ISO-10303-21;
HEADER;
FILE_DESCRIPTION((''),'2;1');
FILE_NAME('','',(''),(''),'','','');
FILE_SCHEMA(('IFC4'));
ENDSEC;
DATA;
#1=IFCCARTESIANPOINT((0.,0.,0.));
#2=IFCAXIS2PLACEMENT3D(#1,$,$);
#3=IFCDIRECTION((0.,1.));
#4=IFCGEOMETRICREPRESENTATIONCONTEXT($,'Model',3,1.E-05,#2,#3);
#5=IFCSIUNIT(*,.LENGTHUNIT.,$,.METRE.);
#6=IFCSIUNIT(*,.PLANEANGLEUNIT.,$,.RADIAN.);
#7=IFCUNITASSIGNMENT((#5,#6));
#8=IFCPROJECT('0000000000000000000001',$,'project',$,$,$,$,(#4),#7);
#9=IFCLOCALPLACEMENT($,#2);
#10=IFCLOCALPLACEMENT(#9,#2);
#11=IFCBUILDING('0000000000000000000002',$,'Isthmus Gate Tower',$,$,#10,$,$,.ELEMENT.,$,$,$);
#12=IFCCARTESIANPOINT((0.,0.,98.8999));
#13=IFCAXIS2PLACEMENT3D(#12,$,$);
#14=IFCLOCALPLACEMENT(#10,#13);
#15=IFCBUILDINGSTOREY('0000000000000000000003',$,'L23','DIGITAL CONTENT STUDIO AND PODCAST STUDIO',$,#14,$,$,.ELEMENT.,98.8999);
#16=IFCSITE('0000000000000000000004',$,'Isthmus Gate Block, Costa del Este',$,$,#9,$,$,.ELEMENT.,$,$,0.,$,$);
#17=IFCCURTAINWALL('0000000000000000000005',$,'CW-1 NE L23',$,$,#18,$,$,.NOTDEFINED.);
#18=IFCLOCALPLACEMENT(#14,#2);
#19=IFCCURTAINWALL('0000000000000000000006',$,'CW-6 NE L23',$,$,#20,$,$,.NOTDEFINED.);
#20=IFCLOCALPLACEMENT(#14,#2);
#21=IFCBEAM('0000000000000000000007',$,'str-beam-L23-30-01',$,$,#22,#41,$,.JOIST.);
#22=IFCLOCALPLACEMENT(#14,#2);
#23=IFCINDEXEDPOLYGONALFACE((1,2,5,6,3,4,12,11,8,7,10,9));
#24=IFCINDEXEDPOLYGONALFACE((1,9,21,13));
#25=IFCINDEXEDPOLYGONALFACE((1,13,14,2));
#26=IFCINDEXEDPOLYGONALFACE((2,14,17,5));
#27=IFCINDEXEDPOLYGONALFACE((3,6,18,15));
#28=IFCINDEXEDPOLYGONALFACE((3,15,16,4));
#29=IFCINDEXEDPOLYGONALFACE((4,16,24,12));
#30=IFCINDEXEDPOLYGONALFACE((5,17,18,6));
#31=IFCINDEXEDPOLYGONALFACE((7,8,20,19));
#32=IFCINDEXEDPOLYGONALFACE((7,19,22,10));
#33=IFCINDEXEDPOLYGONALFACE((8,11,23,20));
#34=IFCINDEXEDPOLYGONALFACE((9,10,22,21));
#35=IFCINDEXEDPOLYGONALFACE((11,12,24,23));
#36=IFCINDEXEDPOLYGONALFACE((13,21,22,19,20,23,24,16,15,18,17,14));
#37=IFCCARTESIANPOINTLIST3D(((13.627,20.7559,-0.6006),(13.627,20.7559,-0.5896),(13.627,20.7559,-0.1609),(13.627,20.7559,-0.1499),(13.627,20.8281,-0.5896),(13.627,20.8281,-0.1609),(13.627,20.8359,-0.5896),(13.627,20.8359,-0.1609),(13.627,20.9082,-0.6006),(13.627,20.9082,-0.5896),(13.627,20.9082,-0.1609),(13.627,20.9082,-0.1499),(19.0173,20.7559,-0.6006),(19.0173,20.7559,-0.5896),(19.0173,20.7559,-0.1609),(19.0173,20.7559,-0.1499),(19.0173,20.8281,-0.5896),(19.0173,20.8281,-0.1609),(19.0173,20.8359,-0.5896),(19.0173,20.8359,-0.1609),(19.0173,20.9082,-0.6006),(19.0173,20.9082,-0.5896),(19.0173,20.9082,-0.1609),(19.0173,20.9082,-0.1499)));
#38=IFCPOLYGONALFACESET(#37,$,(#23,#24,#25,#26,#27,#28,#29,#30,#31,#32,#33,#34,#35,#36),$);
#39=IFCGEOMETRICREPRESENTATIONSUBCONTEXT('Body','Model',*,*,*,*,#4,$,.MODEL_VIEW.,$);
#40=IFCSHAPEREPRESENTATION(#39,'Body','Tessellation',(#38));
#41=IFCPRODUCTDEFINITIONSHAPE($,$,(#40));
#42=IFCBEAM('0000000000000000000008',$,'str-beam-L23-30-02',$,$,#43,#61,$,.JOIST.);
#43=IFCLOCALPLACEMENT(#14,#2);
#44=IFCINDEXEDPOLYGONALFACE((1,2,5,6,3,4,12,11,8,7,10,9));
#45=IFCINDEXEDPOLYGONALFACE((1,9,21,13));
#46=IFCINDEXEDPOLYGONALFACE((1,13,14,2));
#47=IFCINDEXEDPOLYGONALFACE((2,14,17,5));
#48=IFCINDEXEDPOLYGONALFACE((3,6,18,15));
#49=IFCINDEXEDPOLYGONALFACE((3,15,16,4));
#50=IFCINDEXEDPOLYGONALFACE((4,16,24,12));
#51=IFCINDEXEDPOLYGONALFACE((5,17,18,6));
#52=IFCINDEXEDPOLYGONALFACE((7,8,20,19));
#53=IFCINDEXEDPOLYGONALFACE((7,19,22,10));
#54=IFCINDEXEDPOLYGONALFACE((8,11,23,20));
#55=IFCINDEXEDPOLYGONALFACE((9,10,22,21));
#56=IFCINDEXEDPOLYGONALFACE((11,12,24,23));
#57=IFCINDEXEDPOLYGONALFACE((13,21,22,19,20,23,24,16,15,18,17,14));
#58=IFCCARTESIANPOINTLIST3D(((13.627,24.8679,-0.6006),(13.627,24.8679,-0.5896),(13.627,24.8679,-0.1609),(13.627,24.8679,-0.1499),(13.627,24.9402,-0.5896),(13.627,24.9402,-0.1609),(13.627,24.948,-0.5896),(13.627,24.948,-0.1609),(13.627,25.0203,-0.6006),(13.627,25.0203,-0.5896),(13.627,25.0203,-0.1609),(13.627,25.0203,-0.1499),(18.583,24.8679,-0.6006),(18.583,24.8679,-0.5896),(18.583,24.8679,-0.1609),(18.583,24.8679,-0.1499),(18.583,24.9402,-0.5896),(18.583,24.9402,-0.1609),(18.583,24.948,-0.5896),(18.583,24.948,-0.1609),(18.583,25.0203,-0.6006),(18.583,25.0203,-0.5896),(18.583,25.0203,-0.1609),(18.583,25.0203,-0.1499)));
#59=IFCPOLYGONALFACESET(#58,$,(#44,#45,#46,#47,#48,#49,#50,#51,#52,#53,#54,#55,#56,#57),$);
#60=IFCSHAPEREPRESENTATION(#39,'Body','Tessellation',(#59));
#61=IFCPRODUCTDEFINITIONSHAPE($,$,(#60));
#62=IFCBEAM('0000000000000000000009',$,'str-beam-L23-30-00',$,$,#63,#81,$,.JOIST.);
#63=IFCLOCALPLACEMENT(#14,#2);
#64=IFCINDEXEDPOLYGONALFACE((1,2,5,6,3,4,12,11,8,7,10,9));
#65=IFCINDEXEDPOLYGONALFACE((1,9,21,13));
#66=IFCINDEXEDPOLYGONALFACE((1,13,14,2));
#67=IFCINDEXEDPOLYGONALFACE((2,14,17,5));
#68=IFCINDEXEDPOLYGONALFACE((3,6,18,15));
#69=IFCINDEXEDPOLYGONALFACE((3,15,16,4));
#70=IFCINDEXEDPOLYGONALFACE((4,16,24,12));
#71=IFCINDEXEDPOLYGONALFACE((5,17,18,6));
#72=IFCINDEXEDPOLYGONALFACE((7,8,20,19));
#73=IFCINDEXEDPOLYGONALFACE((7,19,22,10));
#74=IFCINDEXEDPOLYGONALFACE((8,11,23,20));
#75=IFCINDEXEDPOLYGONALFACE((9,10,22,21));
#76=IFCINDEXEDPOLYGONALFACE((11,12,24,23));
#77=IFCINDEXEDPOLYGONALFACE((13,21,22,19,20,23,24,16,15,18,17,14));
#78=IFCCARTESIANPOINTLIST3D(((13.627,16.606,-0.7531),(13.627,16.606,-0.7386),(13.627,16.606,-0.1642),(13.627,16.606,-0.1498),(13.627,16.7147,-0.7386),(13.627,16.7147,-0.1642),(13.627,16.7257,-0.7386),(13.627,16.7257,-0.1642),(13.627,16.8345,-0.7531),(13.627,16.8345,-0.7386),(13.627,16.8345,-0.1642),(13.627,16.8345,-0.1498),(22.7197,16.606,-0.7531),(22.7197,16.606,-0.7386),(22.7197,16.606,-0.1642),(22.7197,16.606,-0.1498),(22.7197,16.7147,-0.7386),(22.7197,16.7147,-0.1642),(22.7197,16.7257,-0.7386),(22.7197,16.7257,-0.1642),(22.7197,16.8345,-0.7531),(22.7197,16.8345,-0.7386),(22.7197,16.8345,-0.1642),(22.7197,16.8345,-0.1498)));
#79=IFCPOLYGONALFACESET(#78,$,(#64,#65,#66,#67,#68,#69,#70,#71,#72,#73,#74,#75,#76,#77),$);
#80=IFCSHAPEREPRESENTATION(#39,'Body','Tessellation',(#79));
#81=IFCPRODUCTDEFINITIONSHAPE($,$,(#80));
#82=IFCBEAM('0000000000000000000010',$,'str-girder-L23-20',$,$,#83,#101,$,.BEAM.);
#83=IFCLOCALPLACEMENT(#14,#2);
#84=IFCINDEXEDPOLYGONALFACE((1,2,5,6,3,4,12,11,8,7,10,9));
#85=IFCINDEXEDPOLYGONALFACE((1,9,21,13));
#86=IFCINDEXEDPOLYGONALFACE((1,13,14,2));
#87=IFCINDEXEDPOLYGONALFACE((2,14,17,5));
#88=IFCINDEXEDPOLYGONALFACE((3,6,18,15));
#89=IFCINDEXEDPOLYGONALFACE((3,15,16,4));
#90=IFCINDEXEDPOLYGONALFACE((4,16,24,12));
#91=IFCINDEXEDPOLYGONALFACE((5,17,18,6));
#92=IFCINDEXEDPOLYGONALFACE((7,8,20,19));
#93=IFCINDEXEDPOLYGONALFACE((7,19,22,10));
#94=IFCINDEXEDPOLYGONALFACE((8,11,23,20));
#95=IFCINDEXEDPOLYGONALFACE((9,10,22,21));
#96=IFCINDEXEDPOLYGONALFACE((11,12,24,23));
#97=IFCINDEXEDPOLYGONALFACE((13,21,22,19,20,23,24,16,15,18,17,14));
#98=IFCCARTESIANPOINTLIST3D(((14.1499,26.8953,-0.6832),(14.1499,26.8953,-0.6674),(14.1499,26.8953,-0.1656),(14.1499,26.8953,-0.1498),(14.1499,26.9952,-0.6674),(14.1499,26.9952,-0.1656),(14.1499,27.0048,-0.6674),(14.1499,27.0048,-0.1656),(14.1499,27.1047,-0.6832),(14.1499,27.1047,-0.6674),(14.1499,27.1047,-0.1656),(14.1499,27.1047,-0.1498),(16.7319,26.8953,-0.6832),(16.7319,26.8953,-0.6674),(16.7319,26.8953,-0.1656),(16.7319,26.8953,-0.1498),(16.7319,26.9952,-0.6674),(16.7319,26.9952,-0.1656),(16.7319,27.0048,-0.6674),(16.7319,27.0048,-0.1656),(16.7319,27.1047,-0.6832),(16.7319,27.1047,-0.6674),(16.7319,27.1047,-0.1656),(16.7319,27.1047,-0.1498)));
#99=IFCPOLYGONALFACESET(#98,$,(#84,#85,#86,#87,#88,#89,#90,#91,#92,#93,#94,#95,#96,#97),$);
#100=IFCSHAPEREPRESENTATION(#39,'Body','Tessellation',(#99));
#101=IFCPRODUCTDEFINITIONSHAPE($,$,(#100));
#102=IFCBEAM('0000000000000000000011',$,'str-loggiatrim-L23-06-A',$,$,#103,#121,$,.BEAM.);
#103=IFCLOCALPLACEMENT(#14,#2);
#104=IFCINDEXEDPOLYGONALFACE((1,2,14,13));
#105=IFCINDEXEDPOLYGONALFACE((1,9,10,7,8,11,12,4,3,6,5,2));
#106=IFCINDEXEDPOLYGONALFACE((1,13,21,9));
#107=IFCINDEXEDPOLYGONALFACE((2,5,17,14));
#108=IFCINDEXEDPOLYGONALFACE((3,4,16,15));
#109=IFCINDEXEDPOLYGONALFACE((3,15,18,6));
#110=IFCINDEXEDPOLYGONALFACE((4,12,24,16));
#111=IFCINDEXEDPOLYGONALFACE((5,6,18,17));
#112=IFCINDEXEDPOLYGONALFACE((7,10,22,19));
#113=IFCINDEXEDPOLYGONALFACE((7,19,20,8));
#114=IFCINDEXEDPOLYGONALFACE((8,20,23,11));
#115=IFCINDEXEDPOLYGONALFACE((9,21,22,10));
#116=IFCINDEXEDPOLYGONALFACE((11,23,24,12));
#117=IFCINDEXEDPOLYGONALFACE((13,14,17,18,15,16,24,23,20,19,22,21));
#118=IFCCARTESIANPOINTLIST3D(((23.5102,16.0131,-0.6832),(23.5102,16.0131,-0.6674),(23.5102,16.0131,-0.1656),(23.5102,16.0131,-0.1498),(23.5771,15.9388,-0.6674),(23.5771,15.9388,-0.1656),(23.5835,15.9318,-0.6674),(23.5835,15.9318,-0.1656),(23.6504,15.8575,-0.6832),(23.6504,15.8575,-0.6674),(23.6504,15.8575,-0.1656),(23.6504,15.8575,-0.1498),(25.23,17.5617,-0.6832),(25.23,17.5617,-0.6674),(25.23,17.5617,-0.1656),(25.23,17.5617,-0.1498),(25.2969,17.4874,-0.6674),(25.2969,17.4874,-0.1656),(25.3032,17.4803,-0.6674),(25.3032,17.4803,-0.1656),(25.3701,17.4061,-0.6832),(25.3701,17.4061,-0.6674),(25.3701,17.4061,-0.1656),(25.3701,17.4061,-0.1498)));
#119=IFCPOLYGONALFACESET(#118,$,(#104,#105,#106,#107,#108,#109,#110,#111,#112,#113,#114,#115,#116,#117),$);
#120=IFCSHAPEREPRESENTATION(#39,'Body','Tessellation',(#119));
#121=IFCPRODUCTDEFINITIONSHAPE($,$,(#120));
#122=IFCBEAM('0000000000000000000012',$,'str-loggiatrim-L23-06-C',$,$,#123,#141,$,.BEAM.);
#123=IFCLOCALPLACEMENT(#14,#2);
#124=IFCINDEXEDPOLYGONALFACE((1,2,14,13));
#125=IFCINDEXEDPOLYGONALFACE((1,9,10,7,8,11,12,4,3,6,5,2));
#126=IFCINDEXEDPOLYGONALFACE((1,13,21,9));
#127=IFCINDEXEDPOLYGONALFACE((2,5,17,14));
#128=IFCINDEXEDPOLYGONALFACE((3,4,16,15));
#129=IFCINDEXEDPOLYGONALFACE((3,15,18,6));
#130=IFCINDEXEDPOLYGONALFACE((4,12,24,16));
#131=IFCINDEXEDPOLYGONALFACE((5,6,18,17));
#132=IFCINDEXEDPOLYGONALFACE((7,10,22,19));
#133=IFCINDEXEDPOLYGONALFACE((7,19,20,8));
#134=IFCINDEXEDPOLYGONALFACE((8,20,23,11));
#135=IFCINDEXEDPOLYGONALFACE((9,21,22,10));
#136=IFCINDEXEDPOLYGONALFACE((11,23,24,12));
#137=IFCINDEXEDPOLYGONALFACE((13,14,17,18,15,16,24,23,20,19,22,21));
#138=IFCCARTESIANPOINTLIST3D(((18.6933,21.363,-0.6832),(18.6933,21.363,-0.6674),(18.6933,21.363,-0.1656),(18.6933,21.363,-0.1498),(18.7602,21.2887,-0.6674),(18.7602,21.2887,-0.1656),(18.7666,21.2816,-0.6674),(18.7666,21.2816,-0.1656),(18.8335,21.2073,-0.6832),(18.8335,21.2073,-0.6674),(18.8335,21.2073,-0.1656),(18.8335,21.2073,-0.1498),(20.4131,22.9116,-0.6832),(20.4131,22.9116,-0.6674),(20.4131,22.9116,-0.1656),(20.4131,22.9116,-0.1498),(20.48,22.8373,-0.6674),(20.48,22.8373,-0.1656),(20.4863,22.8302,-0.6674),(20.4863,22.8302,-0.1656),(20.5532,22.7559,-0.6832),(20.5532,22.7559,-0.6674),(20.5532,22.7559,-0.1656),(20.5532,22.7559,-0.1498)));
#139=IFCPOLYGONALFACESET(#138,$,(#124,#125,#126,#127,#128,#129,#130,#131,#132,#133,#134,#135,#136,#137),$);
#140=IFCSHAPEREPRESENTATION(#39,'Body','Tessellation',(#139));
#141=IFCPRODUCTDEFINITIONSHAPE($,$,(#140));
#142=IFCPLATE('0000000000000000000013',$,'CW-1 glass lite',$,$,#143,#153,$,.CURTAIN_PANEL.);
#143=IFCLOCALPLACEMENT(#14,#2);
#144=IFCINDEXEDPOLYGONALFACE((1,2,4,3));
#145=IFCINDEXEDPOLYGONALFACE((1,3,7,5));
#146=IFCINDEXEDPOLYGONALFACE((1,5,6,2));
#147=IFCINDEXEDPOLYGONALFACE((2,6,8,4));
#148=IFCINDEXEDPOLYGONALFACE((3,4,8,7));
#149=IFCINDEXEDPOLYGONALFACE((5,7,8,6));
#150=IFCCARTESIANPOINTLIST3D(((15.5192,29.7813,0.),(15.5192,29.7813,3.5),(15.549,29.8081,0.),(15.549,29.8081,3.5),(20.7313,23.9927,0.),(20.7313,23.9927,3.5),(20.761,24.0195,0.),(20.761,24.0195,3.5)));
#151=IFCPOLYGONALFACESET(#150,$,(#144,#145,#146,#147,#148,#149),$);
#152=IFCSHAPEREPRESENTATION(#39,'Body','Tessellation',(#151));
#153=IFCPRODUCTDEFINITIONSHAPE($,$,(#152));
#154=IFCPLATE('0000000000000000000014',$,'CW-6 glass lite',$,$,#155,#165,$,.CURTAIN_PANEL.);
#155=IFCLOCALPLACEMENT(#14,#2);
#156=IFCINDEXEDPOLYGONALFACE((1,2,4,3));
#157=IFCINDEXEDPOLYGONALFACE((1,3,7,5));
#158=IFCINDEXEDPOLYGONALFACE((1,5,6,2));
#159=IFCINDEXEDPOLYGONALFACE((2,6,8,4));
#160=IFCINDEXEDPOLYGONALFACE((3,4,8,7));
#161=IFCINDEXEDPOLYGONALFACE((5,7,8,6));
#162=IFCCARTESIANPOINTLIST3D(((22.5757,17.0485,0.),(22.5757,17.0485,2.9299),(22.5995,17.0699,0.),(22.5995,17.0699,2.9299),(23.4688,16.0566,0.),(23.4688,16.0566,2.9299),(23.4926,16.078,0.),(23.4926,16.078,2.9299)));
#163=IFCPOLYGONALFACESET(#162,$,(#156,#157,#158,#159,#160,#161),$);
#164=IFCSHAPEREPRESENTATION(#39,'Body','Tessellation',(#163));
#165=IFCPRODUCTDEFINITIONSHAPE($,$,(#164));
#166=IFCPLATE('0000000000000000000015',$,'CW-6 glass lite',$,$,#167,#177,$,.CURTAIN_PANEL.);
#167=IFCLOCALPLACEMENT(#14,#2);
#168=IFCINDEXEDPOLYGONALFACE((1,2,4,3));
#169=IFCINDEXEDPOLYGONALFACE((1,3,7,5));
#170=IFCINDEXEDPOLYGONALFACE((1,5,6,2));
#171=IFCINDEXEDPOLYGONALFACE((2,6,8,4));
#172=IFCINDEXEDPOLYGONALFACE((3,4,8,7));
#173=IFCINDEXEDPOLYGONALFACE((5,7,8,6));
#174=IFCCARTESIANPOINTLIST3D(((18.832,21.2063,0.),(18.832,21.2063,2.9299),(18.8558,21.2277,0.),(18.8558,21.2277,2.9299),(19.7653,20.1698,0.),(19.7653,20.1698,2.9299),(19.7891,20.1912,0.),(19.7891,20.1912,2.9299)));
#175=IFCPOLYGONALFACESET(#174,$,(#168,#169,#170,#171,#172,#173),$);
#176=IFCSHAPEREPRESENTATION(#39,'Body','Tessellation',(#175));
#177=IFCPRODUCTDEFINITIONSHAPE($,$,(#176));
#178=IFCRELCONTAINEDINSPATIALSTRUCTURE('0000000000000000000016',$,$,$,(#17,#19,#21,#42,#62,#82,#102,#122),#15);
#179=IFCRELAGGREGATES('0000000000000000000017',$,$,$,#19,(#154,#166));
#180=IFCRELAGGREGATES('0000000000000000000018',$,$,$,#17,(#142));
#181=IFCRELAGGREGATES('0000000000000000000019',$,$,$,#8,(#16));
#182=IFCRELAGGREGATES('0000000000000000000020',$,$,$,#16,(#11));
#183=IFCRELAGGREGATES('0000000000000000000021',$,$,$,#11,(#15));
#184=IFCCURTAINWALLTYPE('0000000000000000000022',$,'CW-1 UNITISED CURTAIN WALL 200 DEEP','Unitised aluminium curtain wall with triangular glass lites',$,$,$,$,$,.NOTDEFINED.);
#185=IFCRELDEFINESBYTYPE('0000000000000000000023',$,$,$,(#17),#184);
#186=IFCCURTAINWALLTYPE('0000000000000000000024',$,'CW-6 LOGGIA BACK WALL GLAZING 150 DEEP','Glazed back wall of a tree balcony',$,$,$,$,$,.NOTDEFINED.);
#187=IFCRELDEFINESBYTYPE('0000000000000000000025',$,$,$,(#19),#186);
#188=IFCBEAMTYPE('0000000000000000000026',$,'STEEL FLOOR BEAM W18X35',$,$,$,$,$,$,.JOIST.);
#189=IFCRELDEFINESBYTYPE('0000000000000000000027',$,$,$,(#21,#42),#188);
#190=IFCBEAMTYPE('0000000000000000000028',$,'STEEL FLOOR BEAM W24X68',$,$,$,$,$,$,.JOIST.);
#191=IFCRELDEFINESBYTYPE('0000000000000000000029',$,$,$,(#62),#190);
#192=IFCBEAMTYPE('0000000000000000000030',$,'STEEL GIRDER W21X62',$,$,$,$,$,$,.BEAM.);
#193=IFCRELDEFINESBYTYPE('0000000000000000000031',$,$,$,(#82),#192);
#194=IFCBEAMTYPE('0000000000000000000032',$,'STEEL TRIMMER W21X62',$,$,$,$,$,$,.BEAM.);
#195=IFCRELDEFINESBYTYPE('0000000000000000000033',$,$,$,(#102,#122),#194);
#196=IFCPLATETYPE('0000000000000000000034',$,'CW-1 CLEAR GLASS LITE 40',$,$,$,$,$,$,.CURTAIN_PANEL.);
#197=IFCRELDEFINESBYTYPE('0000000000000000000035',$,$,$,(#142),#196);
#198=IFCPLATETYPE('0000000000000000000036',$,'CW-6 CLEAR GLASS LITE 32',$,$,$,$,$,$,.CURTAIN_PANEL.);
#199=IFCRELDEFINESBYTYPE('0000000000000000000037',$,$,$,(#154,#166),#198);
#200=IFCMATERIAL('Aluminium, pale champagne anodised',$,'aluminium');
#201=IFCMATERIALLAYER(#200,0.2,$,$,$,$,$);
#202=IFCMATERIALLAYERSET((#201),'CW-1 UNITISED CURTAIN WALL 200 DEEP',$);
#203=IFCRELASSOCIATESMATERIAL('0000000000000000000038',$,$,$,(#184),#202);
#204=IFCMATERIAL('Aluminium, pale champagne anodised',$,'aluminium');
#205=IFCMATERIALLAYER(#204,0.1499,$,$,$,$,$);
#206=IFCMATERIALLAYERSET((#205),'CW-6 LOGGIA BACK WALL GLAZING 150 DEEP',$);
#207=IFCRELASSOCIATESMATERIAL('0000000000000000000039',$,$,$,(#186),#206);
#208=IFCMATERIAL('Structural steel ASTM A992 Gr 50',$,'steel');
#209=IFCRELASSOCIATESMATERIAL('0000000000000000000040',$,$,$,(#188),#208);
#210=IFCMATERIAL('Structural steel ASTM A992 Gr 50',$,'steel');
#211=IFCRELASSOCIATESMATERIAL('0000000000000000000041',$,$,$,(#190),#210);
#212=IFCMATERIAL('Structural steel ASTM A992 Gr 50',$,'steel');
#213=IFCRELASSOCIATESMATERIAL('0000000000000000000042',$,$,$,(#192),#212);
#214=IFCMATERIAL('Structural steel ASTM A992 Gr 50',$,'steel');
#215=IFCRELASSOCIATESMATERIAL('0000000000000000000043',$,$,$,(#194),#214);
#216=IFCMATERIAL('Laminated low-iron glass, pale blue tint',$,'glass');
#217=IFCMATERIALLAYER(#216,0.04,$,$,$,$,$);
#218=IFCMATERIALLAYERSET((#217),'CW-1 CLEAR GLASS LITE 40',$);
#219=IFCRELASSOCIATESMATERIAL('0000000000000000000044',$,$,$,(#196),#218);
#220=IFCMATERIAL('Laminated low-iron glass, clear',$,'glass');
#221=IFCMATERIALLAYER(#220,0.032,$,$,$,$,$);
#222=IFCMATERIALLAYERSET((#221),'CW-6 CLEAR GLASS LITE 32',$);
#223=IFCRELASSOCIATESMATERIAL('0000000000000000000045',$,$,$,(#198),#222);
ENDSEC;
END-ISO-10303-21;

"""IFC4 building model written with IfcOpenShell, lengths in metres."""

from ifc_helpers import new_model, si_unit, direction, frame, origin, origin_2d, place, context, subcontext, project, spatial, rectangle, i_section, extrude, material, layer, layer_set, material_profile, profile_set, type_object, element, aggregate, save


model = new_model("IFC4")

# Units and contexts
model_context = context("Model", 3, precision=1e-05, world=origin(), true_north=direction((0.0, 1.0)))
body_context = subcontext(model_context, "Body", "Model", "MODEL_VIEW")
ifc_project = project(units=[si_unit("LENGTHUNIT", "METRE"), si_unit("PLANEANGLEUNIT", "RADIAN")], contexts=[model_context])

# Site, building, storey
site_placement = place(None, origin())
site = spatial("IfcSite", under=ifc_project, at=site_placement, Name="Isthmus Gate Block, Costa del Este", CompositionType="ELEMENT", RefElevation=0.0)
building_placement = place(site_placement, origin())
building = spatial("IfcBuilding", under=site, at=building_placement, Name="Isthmus Gate Tower", CompositionType="ELEMENT")
storey_placement = place(building_placement, frame((0.0, 0.0, 98.8999)))
storey = spatial("IfcBuildingStorey", under=building, at=storey_placement, Name="L23", Description="DIGITAL CONTENT STUDIO AND PODCAST STUDIO", CompositionType="ELEMENT", Elevation=98.8999)

# Curtain wall
ifc_material_1 = material(Name="Aluminium, pale champagne anodised", Category="aluminium")
ifc_layer_1 = layer(ifc_material_1, 0.2)
ifc_layer_set_1 = layer_set([ifc_layer_1], Name="CW-1 UNITISED CURTAIN WALL 200 DEEP")
curtain_wall_type_1 = type_object("IfcCurtainWallType", Name="CW-1 UNITISED CURTAIN WALL 200 DEEP", Description="Unitised aluminium curtain wall with triangular glass lites", PredefinedType="NOTDEFINED", material=ifc_layer_set_1)
curtain_wall_1_placement = place(storey_placement, origin())
curtain_wall_1 = element("IfcCurtainWall", 1, at=curtain_wall_1_placement, inside=storey, type_object=curtain_wall_type_1, Name="CW-1 NE L23", PredefinedType="NOTDEFINED")

# Curtain wall
ifc_material_2 = material(Name="Aluminium, pale champagne anodised", Category="aluminium")
ifc_layer_2 = layer(ifc_material_2, 0.1499)
ifc_layer_set_2 = layer_set([ifc_layer_2], Name="CW-6 LOGGIA BACK WALL GLAZING 150 DEEP")
curtain_wall_type_2 = type_object("IfcCurtainWallType", Name="CW-6 LOGGIA BACK WALL GLAZING 150 DEEP", Description="Glazed back wall of a tree balcony", PredefinedType="NOTDEFINED", material=ifc_layer_set_2)
curtain_wall_2_placement = place(storey_placement, origin())
curtain_wall_2 = element("IfcCurtainWall", 2, at=curtain_wall_2_placement, inside=storey, type_object=curtain_wall_type_2, Name="CW-6 NE L23", PredefinedType="NOTDEFINED")

# Beams
ifc_material_3 = material(Name="Structural steel ASTM A992 Gr 50", Category="steel")
ifc_material_profile_1 = material_profile(ifc_material_3, i_section(OverallWidth=0.1523, OverallDepth=0.4507, WebThickness=0.0078, FlangeThickness=0.011, at=origin_2d()), Name="W18X35")
ifc_profile_set_1 = profile_set([ifc_material_profile_1], Name="Structural steel ASTM A992 Gr 50")
beam_type_1 = type_object("IfcBeamType", Name="STEEL FLOOR BEAM W18X35", PredefinedType="JOIST", material=ifc_profile_set_1)
beam_1_placement = place(storey_placement, frame((13.627, 20.832, -0.3752), z_axis=(1.0, 0.0, 0.0), x_axis=(0.0, 1.0, 0.0)))
element("IfcBeam", 3, at=beam_1_placement, inside=storey, type_object=beam_type_1, Name="str-beam-L23-30-01", PredefinedType="JOIST", context=body_context, shape_type="SweptSolid", body=[
    extrude(i_section(OverallWidth=0.1523, OverallDepth=0.4507, WebThickness=0.0078, FlangeThickness=0.011, at=origin_2d()), origin(), (0.0, 0.0, 1.0), 5.3904),
])
beam_2_placement = place(storey_placement, frame((13.627, 24.9441, -0.3752), z_axis=(1.0, 0.0, 0.0), x_axis=(0.0, 1.0, 0.0)))
element("IfcBeam", 4, at=beam_2_placement, inside=storey, type_object=beam_type_1, Name="str-beam-L23-30-02", PredefinedType="JOIST", context=body_context, shape_type="SweptSolid", body=[
    extrude(i_section(OverallWidth=0.1523, OverallDepth=0.4507, WebThickness=0.0078, FlangeThickness=0.011, at=origin_2d()), origin(), (0.0, 0.0, 1.0), 4.9561),
])
ifc_material_4 = material(Name="Structural steel ASTM A992 Gr 50", Category="steel")
ifc_material_profile_2 = material_profile(ifc_material_4, i_section(OverallWidth=0.2285, OverallDepth=0.6033, WebThickness=0.011, FlangeThickness=0.0144, at=origin_2d()), Name="W24X68")
ifc_profile_set_2 = profile_set([ifc_material_profile_2], Name="Structural steel ASTM A992 Gr 50")
beam_type_2 = type_object("IfcBeamType", Name="STEEL FLOOR BEAM W24X68", PredefinedType="JOIST", material=ifc_profile_set_2)
beam_3_placement = place(storey_placement, frame((13.627, 16.7202, -0.4514), z_axis=(1.0, 0.0, 0.0), x_axis=(0.0, 1.0, 0.0)))
element("IfcBeam", 5, at=beam_3_placement, inside=storey, type_object=beam_type_2, Name="str-beam-L23-30-00", PredefinedType="JOIST", context=body_context, shape_type="SweptSolid", body=[
    extrude(i_section(OverallWidth=0.2285, OverallDepth=0.6033, WebThickness=0.011, FlangeThickness=0.0144, at=origin_2d()), origin(), (0.0, 0.0, 1.0), 9.0928),
])
ifc_material_5 = material(Name="Structural steel ASTM A992 Gr 50", Category="steel")
ifc_material_profile_3 = material_profile(ifc_material_5, i_section(OverallWidth=0.2095, OverallDepth=0.5334, WebThickness=0.0095, FlangeThickness=0.0159, at=origin_2d()), Name="W21X62")
ifc_profile_set_3 = profile_set([ifc_material_profile_3], Name="Structural steel ASTM A992 Gr 50")
beam_type_3 = type_object("IfcBeamType", Name="STEEL GIRDER W21X62", PredefinedType="BEAM", material=ifc_profile_set_3)
beam_4_placement = place(storey_placement, frame((14.1499, 27.0, -0.4165), z_axis=(1.0, 0.0, 0.0), x_axis=(0.0, 1.0, 0.0)))
element("IfcBeam", 6, at=beam_4_placement, inside=storey, type_object=beam_type_3, Name="str-girder-L23-20", PredefinedType="BEAM", context=body_context, shape_type="SweptSolid", body=[
    extrude(i_section(OverallWidth=0.2095, OverallDepth=0.5334, WebThickness=0.0095, FlangeThickness=0.0159, at=origin_2d()), origin(), (0.0, 0.0, 1.0), 2.582),
])
ifc_material_6 = material(Name="Structural steel ASTM A992 Gr 50", Category="steel")
ifc_material_profile_4 = material_profile(ifc_material_6, i_section(OverallWidth=0.2095, OverallDepth=0.5334, WebThickness=0.0095, FlangeThickness=0.0159, at=origin_2d()), Name="W21X62")
ifc_profile_set_4 = profile_set([ifc_material_profile_4], Name="Structural steel ASTM A992 Gr 50")
beam_type_4 = type_object("IfcBeamType", Name="STEEL TRIMMER W21X62", PredefinedType="BEAM", material=ifc_profile_set_4)
for number, where, z_axis, x_axis, name in (
    (7, (25.3, 17.4839, -0.4165), (-0.743116, -0.669163, 0.0), (0.669163, -0.743116, 0.0), "str-loggiatrim-L23-06-A"),
    (8, (20.4832, 22.8337, -0.4165), (-0.743116, -0.669163, 0.0), (0.669163, -0.743116, 0.0), "str-loggiatrim-L23-06-C"),
):
    element("IfcBeam", number, at=place(storey_placement, frame(where, z_axis=z_axis, x_axis=x_axis)), inside=storey, type_object=beam_type_4, Name=name, PredefinedType="BEAM", context=body_context, shape_type="SweptSolid", body=[
        extrude(i_section(OverallWidth=0.2095, OverallDepth=0.5334, WebThickness=0.0095, FlangeThickness=0.0159, at=origin_2d()), origin(), (0.0, 0.0, 1.0), 2.3142),
    ])

# Plates
ifc_material_7 = material(Name="Laminated low-iron glass, pale blue tint", Category="glass")
ifc_layer_3 = layer(ifc_material_7, 0.04)
ifc_layer_set_3 = layer_set([ifc_layer_3], Name="CW-1 CLEAR GLASS LITE 40")
plate_type_1 = type_object("IfcPlateType", Name="CW-1 CLEAR GLASS LITE 40", PredefinedType="CURTAIN_PANEL", material=ifc_layer_set_3)
plate_1_placement = place(storey_placement, frame((18.1401, 26.9004, 0.0), z_axis=(0.0, 0.0, 1.0), x_axis=(-0.669131, 0.743145, 0.0)))
plate_1 = element("IfcPlate", 9, at=plate_1_placement, type_object=plate_type_1, Name="CW-1 glass lite", PredefinedType="CURTAIN_PANEL", context=body_context, shape_type="SweptSolid", body=[
    extrude(rectangle(XDim=7.7893, YDim=0.04, at=origin_2d()), origin(), (0.0, 0.0, 1.0), 3.5),
])
ifc_material_8 = material(Name="Laminated low-iron glass, clear", Category="glass")
ifc_layer_4 = layer(ifc_material_8, 0.032)
ifc_layer_set_4 = layer_set([ifc_layer_4], Name="CW-6 CLEAR GLASS LITE 32")
plate_type_2 = type_object("IfcPlateType", Name="CW-6 CLEAR GLASS LITE 32", PredefinedType="CURTAIN_PANEL", material=ifc_layer_set_4)
plate_2_placement = place(storey_placement, frame((23.0342, 16.5632, 0.0), z_axis=(0.0, 0.0, 1.0), x_axis=(-0.669131, 0.743145, 0.0)))
plate_2 = element("IfcPlate", 10, at=plate_2_placement, type_object=plate_type_2, Name="CW-6 glass lite", PredefinedType="CURTAIN_PANEL", context=body_context, shape_type="SweptSolid", body=[
    extrude(rectangle(XDim=1.3347, YDim=0.032, at=origin_2d()), origin(), (0.0, 0.0, 1.0), 2.9299),
])
plate_3_placement = place(storey_placement, frame((19.3105, 20.6987, 0.0), z_axis=(0.0, 0.0, 1.0), x_axis=(-0.669131, 0.743145, 0.0)))
plate_3 = element("IfcPlate", 11, at=plate_3_placement, type_object=plate_type_2, Name="CW-6 glass lite", PredefinedType="CURTAIN_PANEL", context=body_context, shape_type="SweptSolid", body=[
    extrude(rectangle(XDim=1.3948, YDim=0.032, at=origin_2d()), origin(), (0.0, 0.0, 1.0), 2.9299),
])
aggregate(curtain_wall_2, [plate_2, plate_3])

aggregate(curtain_wall_1, [plate_1])

save(model, "model.ifc")
